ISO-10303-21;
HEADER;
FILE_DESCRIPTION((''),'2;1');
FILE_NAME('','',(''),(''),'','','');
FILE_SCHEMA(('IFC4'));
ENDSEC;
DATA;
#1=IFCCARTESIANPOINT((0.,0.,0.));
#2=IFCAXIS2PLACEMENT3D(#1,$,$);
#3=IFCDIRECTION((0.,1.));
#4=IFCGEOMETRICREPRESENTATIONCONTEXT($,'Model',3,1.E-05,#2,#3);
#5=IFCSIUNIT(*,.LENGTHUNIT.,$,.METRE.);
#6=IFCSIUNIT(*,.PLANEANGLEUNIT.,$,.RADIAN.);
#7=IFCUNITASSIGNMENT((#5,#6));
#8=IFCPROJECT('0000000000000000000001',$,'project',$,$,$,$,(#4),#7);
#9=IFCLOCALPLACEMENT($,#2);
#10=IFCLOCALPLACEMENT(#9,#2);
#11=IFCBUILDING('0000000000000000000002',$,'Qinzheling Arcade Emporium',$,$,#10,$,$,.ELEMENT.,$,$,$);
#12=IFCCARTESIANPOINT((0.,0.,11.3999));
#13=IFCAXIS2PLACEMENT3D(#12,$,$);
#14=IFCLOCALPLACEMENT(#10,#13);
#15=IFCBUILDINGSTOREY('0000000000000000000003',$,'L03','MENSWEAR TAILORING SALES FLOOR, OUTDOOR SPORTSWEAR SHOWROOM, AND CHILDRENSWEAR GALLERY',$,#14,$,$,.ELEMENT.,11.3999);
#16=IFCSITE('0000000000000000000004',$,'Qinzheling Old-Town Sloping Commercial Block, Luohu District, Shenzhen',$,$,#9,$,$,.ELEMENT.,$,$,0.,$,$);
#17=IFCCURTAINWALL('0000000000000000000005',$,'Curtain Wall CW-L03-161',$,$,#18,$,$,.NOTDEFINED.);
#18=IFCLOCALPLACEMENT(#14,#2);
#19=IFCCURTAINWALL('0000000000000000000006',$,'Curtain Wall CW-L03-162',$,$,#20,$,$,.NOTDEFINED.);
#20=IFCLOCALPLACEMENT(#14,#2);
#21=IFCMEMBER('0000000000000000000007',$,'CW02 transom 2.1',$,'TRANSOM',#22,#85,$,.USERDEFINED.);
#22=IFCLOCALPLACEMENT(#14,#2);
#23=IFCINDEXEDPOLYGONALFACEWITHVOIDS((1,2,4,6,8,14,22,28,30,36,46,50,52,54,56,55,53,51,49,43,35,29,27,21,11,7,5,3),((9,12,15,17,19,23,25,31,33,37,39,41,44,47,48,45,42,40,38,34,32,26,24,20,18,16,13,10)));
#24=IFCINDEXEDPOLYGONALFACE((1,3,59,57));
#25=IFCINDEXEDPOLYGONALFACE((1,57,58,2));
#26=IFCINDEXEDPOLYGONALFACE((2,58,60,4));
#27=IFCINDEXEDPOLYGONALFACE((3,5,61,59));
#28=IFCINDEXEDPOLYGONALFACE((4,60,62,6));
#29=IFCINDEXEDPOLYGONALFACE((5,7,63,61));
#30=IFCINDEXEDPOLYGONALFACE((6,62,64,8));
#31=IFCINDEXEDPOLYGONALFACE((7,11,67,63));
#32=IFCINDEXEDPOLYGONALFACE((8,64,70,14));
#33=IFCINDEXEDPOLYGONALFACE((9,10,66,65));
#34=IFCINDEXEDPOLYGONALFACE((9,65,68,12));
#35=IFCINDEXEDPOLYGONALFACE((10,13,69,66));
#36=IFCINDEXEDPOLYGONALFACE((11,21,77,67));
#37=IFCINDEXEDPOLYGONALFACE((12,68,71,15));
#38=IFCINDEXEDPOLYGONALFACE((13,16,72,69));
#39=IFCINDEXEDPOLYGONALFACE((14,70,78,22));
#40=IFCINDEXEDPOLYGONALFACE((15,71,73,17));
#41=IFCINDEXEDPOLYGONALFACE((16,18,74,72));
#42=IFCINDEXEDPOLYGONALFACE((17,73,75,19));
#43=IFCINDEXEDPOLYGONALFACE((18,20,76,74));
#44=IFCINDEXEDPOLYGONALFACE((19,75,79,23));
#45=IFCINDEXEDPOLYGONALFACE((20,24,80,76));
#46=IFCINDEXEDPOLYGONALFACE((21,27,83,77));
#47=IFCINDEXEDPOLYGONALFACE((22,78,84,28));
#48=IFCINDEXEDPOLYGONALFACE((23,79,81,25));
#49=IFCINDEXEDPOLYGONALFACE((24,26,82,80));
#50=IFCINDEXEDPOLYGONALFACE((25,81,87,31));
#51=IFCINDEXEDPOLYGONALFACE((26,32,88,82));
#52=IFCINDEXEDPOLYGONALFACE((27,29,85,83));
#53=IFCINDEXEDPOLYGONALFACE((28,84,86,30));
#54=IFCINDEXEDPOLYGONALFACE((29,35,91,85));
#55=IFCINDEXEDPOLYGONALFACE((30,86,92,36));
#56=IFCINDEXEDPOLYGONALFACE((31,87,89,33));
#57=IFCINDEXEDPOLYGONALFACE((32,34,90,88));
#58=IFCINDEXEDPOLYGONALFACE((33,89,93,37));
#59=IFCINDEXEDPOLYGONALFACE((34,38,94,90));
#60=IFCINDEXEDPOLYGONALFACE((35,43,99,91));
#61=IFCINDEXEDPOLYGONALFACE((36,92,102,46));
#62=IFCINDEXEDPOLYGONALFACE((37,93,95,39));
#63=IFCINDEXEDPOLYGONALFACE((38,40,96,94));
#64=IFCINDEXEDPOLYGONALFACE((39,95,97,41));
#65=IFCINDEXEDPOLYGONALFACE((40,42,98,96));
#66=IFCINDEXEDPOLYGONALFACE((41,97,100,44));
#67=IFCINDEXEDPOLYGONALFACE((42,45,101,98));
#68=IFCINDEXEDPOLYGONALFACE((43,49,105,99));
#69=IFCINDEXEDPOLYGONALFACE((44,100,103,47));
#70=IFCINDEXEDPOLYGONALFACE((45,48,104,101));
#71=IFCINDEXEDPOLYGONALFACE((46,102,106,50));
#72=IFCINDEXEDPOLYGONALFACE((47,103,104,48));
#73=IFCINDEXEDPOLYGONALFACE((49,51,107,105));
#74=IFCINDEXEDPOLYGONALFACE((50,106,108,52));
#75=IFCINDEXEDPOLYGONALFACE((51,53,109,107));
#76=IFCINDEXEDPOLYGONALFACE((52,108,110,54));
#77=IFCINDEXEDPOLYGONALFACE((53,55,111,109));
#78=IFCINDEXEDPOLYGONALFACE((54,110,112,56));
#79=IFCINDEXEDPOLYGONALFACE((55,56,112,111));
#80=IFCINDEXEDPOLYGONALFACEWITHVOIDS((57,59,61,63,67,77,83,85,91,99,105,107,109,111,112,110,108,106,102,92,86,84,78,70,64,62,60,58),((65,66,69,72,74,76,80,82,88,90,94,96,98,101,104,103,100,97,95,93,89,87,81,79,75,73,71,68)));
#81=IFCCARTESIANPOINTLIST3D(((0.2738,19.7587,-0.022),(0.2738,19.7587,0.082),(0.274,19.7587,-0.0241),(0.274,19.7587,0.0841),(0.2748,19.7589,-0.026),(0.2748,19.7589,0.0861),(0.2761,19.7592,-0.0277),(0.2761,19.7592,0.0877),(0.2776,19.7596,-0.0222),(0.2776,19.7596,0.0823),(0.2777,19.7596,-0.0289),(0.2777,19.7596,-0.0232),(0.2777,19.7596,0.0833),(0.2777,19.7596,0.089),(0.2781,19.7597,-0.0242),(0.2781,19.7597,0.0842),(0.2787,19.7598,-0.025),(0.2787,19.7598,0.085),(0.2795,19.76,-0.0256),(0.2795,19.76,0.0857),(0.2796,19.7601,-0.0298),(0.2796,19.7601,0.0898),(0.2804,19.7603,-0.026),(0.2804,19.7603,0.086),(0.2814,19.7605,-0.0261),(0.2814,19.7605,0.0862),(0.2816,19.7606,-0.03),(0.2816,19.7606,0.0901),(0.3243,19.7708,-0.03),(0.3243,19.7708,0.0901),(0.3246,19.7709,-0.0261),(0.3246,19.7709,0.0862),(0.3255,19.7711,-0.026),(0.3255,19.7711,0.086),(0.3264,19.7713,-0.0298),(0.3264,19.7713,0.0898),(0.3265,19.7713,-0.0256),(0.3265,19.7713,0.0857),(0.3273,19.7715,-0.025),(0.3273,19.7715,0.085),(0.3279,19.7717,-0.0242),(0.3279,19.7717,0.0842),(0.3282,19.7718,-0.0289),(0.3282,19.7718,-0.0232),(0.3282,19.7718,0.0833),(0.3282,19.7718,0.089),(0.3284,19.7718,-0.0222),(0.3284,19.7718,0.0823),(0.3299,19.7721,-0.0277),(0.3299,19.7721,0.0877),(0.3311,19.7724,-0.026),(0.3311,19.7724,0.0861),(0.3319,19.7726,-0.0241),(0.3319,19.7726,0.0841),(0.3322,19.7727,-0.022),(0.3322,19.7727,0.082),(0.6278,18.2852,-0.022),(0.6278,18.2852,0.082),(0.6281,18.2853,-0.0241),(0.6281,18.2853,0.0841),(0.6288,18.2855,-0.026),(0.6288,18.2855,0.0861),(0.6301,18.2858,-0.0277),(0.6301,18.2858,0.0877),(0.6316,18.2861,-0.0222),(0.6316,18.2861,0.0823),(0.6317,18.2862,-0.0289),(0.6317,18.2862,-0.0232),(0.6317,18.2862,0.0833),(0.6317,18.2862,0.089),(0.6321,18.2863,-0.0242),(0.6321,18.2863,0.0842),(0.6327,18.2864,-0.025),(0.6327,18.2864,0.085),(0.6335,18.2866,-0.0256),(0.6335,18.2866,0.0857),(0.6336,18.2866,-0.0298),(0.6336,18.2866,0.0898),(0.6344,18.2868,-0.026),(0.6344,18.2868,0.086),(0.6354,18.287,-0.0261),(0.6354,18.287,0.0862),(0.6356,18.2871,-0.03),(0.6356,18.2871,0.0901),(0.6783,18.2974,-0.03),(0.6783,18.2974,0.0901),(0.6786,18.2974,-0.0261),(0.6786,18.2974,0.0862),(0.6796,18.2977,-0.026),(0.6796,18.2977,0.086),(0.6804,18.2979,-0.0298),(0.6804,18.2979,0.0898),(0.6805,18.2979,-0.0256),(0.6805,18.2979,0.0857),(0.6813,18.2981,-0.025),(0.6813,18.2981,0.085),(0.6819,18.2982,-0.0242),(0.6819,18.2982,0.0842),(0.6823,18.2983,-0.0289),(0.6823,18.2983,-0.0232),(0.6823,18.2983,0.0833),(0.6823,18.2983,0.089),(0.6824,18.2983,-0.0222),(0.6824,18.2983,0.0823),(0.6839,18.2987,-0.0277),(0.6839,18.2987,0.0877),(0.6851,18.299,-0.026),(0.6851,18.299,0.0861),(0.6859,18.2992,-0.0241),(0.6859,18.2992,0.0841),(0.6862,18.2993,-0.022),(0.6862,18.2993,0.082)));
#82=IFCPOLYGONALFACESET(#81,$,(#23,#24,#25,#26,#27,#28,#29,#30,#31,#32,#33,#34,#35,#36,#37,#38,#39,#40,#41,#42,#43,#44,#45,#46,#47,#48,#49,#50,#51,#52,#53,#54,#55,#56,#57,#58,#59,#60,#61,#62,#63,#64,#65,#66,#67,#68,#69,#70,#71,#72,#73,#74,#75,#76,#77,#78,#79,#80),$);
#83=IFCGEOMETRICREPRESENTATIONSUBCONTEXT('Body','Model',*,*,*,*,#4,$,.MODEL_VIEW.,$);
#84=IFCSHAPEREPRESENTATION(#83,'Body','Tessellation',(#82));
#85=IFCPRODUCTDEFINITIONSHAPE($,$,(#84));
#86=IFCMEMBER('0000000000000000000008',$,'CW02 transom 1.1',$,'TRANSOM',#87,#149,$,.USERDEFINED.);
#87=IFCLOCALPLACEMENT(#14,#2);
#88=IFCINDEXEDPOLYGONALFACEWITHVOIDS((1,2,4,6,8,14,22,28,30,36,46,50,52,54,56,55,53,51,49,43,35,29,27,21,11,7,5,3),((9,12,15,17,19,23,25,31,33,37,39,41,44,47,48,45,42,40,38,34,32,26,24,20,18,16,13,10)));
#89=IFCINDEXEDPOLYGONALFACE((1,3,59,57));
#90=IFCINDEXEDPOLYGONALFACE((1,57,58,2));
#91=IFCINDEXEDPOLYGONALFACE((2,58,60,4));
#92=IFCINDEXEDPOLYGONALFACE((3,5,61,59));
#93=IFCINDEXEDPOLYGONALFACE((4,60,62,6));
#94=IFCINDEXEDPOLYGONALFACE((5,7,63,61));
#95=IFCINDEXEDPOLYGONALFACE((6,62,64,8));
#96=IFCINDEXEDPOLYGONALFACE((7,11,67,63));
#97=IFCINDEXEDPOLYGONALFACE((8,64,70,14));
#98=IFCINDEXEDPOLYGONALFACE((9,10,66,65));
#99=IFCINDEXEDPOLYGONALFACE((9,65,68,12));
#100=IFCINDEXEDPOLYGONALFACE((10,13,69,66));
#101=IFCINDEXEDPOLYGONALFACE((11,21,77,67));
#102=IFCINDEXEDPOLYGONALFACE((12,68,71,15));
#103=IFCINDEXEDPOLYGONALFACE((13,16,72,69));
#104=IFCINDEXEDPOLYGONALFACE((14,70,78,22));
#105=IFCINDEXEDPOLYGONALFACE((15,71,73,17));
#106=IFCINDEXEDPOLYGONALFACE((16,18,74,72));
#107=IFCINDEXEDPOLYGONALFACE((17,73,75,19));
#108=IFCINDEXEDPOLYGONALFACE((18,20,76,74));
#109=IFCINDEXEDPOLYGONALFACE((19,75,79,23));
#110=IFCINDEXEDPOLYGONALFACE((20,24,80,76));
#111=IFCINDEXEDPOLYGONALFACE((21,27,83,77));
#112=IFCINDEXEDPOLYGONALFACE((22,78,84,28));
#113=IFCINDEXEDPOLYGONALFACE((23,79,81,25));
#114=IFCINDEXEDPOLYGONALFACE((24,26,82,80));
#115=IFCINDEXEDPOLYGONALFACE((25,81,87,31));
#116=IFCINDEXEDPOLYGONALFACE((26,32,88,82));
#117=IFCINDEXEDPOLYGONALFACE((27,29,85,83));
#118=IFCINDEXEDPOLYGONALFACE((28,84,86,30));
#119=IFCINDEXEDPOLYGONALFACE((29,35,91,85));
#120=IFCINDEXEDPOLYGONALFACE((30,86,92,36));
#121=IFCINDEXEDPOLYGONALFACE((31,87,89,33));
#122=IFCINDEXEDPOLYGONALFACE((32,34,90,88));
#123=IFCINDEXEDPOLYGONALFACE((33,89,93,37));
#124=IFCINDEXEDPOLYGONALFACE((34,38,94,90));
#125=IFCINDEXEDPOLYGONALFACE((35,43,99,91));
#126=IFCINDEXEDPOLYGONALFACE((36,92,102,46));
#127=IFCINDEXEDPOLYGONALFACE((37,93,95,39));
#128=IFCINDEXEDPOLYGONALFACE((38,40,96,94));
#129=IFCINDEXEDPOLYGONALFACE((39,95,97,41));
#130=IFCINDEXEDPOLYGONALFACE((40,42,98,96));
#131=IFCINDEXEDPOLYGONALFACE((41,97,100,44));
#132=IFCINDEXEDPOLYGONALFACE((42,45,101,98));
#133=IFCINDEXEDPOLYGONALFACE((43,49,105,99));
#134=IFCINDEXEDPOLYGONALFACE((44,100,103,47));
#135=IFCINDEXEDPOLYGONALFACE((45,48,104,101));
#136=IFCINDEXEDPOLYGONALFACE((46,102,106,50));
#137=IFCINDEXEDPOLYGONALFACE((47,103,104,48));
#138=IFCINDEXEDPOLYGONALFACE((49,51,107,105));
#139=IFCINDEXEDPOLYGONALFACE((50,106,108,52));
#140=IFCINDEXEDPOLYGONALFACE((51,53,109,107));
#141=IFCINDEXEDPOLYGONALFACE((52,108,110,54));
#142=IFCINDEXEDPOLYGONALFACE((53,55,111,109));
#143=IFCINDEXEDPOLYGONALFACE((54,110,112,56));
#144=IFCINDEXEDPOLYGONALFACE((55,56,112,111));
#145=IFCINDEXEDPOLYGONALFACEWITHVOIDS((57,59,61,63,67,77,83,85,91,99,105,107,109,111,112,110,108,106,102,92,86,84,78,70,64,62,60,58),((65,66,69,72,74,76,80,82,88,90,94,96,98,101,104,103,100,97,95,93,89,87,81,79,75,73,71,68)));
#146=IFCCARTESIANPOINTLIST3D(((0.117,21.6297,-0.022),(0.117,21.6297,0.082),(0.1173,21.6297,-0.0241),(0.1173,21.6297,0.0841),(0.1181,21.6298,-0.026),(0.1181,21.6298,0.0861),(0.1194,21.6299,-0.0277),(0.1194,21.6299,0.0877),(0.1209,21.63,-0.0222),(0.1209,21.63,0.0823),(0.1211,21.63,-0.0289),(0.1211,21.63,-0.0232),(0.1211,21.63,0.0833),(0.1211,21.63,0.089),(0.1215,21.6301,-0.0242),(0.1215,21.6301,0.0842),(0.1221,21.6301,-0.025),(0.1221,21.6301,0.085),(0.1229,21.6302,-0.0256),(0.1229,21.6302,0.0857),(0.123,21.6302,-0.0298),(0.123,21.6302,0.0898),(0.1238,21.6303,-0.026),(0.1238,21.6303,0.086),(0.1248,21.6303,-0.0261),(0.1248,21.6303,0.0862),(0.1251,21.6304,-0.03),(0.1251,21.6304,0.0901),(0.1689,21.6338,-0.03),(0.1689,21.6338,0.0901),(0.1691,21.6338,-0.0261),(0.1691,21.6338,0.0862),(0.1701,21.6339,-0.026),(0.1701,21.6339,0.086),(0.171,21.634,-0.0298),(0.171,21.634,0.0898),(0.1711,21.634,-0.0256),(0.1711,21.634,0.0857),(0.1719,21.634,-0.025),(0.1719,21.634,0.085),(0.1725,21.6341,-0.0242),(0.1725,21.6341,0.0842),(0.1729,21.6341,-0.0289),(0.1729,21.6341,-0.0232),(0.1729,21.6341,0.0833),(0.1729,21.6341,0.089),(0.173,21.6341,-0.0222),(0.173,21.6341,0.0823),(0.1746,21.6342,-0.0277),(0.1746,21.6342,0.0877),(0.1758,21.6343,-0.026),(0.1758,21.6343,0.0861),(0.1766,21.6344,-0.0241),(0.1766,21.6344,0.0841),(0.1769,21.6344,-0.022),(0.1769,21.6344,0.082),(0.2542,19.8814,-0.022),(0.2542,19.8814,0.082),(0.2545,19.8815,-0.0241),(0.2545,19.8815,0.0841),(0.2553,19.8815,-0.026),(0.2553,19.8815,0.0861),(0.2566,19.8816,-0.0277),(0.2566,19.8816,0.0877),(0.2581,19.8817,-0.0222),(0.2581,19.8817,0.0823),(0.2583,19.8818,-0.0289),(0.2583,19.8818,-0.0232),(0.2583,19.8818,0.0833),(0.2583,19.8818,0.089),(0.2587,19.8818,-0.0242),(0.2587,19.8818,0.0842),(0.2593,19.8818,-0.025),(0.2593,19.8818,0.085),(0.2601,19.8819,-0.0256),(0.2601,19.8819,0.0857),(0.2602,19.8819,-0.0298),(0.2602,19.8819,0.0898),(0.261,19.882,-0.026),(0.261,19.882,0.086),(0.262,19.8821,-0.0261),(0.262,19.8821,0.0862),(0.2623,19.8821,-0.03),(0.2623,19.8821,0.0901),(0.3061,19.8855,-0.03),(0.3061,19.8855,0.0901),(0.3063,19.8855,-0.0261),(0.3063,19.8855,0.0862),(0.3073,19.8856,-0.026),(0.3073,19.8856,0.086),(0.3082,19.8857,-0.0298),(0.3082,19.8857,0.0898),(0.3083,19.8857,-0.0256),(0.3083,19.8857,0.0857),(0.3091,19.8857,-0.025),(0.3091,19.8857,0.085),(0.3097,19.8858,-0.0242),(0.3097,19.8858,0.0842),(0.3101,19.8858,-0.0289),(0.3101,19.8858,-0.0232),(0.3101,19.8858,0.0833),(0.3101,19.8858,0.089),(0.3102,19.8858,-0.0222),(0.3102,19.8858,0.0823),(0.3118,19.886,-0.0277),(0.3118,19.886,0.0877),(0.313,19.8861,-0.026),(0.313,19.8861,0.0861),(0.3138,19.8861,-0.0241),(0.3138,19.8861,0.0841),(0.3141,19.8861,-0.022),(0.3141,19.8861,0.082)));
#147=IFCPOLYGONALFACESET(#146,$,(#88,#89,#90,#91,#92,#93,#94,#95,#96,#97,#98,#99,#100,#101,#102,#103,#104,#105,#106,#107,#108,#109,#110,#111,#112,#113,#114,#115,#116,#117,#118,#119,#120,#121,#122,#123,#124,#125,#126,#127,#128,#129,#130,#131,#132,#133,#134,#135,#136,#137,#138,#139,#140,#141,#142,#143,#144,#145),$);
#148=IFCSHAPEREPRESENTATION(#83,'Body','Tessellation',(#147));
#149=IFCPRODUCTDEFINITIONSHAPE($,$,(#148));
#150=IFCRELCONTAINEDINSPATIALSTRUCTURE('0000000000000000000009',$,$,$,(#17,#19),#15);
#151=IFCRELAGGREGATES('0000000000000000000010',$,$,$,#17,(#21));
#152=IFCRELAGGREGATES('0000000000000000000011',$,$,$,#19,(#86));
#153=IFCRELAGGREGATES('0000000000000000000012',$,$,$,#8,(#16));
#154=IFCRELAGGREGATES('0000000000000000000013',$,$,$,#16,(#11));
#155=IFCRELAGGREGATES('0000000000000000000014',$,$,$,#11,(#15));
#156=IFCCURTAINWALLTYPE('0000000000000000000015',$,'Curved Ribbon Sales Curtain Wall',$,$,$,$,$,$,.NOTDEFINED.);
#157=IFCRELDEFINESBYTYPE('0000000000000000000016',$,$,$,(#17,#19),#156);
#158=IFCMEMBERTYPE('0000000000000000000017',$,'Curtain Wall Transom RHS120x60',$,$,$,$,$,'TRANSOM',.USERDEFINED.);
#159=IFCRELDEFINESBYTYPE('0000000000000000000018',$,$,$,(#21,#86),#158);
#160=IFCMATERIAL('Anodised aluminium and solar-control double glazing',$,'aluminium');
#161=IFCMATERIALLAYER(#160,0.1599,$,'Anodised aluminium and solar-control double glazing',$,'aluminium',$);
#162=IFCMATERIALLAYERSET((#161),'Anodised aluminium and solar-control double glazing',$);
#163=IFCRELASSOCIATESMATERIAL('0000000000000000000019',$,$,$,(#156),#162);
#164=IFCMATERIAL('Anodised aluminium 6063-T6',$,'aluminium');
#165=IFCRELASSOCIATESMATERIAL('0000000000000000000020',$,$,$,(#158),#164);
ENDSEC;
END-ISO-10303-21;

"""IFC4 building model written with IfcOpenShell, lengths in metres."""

from ifc_helpers import new_model, si_unit, direction, frame, origin, origin_2d, place, context, subcontext, project, spatial, hollow_rectangle, extrude, material, layer, layer_set, material_profile, profile_set, type_object, element, aggregate, save


model = new_model("IFC4")

# Units and contexts
model_context = context("Model", 3, precision=1e-05, world=origin(), true_north=direction((0.0, 1.0)))
body_context = subcontext(model_context, "Body", "Model", "MODEL_VIEW")
ifc_project = project(units=[si_unit("LENGTHUNIT", "METRE"), si_unit("PLANEANGLEUNIT", "RADIAN")], contexts=[model_context])

# Site, building, storey
site_placement = place(None, origin())
site = spatial("IfcSite", under=ifc_project, at=site_placement, Name="Qinzheling Old-Town Sloping Commercial Block, Luohu District, Shenzhen", CompositionType="ELEMENT", RefElevation=0.0)
building_placement = place(site_placement, origin())
building = spatial("IfcBuilding", under=site, at=building_placement, Name="Qinzheling Arcade Emporium", CompositionType="ELEMENT")
storey_placement = place(building_placement, frame((0.0, 0.0, 11.3999)))
storey = spatial("IfcBuildingStorey", under=building, at=storey_placement, Name="L03", Description="MENSWEAR TAILORING SALES FLOOR, OUTDOOR SPORTSWEAR SHOWROOM, AND CHILDRENSWEAR GALLERY", CompositionType="ELEMENT", Elevation=11.3999)

# Curtain wall
ifc_material_1 = material(Name="Anodised aluminium and solar-control double glazing", Category="aluminium")
ifc_layer_1 = layer(ifc_material_1, 0.1599, Name="Anodised aluminium and solar-control double glazing", Category="aluminium")
ifc_layer_set_1 = layer_set([ifc_layer_1], Name="Anodised aluminium and solar-control double glazing")
curtain_wall_type_1 = type_object("IfcCurtainWallType", Name="Curved Ribbon Sales Curtain Wall", PredefinedType="NOTDEFINED", material=ifc_layer_set_1)
curtain_wall_1_placement = place(storey_placement, origin())
curtain_wall_1 = element("IfcCurtainWall", 1, at=curtain_wall_1_placement, inside=storey, type_object=curtain_wall_type_1, Name="Curtain Wall CW-L03-161", PredefinedType="NOTDEFINED")
ifc_material_2 = material(Name="Anodised aluminium 6063-T6", Category="aluminium")

# Curtain wall
curtain_wall_2_placement = place(storey_placement, origin())
curtain_wall_2 = element("IfcCurtainWall", 2, at=curtain_wall_2_placement, inside=storey, type_object=curtain_wall_type_1, Name="Curtain Wall CW-L03-162", PredefinedType="NOTDEFINED")

# Members
ifc_material_profile_1 = material_profile(ifc_material_2, hollow_rectangle(XDim=0.0601, YDim=0.1201, WallThickness=0.0039, InnerFilletRadius=0.0039, OuterFilletRadius=0.0081, at=origin_2d()), Name="RHS 120x60x4", Category="aluminium")
ifc_profile_set_1 = profile_set([ifc_material_profile_1], Name="Anodised aluminium 6063-T6")
member_type_1 = type_object("IfcMemberType", Name="Curtain Wall Transom RHS120x60", ElementType="TRANSOM", PredefinedType="USERDEFINED", material=ifc_profile_set_1)
member_1_placement = place(storey_placement, frame((0.657, 18.2922, 0.03), z_axis=(-0.233617, 0.972329, 0.0), x_axis=(-0.972329, -0.233617, 0.0)))
member_1 = element("IfcMember", 3, at=member_1_placement, type_object=member_type_1, Name="CW02 transom 2.1", ObjectType="TRANSOM", PredefinedType="USERDEFINED", context=body_context, shape_type="SweptSolid", body=[
    extrude(hollow_rectangle(XDim=0.0601, YDim=0.1201, WallThickness=0.0039, InnerFilletRadius=0.0039, OuterFilletRadius=0.0081, at=origin_2d()), origin(), (0.0, 0.0, 1.0), 1.5154),
])
member_2_placement = place(storey_placement, frame((0.2842, 19.8838, 0.03), z_axis=(-0.07824, 0.996935, 0.0), x_axis=(-0.996935, -0.07824, 0.0)))
member_2 = element("IfcMember", 4, at=member_2_placement, type_object=member_type_1, Name="CW02 transom 1.1", ObjectType="TRANSOM", PredefinedType="USERDEFINED", context=body_context, shape_type="SweptSolid", body=[
    extrude(hollow_rectangle(XDim=0.0601, YDim=0.1201, WallThickness=0.0039, InnerFilletRadius=0.0039, OuterFilletRadius=0.0081, at=origin_2d()), origin(), (0.0, 0.0, 1.0), 1.7537),
])

aggregate(curtain_wall_1, [member_1])
aggregate(curtain_wall_2, [member_2])

save(model, "model.ifc")
